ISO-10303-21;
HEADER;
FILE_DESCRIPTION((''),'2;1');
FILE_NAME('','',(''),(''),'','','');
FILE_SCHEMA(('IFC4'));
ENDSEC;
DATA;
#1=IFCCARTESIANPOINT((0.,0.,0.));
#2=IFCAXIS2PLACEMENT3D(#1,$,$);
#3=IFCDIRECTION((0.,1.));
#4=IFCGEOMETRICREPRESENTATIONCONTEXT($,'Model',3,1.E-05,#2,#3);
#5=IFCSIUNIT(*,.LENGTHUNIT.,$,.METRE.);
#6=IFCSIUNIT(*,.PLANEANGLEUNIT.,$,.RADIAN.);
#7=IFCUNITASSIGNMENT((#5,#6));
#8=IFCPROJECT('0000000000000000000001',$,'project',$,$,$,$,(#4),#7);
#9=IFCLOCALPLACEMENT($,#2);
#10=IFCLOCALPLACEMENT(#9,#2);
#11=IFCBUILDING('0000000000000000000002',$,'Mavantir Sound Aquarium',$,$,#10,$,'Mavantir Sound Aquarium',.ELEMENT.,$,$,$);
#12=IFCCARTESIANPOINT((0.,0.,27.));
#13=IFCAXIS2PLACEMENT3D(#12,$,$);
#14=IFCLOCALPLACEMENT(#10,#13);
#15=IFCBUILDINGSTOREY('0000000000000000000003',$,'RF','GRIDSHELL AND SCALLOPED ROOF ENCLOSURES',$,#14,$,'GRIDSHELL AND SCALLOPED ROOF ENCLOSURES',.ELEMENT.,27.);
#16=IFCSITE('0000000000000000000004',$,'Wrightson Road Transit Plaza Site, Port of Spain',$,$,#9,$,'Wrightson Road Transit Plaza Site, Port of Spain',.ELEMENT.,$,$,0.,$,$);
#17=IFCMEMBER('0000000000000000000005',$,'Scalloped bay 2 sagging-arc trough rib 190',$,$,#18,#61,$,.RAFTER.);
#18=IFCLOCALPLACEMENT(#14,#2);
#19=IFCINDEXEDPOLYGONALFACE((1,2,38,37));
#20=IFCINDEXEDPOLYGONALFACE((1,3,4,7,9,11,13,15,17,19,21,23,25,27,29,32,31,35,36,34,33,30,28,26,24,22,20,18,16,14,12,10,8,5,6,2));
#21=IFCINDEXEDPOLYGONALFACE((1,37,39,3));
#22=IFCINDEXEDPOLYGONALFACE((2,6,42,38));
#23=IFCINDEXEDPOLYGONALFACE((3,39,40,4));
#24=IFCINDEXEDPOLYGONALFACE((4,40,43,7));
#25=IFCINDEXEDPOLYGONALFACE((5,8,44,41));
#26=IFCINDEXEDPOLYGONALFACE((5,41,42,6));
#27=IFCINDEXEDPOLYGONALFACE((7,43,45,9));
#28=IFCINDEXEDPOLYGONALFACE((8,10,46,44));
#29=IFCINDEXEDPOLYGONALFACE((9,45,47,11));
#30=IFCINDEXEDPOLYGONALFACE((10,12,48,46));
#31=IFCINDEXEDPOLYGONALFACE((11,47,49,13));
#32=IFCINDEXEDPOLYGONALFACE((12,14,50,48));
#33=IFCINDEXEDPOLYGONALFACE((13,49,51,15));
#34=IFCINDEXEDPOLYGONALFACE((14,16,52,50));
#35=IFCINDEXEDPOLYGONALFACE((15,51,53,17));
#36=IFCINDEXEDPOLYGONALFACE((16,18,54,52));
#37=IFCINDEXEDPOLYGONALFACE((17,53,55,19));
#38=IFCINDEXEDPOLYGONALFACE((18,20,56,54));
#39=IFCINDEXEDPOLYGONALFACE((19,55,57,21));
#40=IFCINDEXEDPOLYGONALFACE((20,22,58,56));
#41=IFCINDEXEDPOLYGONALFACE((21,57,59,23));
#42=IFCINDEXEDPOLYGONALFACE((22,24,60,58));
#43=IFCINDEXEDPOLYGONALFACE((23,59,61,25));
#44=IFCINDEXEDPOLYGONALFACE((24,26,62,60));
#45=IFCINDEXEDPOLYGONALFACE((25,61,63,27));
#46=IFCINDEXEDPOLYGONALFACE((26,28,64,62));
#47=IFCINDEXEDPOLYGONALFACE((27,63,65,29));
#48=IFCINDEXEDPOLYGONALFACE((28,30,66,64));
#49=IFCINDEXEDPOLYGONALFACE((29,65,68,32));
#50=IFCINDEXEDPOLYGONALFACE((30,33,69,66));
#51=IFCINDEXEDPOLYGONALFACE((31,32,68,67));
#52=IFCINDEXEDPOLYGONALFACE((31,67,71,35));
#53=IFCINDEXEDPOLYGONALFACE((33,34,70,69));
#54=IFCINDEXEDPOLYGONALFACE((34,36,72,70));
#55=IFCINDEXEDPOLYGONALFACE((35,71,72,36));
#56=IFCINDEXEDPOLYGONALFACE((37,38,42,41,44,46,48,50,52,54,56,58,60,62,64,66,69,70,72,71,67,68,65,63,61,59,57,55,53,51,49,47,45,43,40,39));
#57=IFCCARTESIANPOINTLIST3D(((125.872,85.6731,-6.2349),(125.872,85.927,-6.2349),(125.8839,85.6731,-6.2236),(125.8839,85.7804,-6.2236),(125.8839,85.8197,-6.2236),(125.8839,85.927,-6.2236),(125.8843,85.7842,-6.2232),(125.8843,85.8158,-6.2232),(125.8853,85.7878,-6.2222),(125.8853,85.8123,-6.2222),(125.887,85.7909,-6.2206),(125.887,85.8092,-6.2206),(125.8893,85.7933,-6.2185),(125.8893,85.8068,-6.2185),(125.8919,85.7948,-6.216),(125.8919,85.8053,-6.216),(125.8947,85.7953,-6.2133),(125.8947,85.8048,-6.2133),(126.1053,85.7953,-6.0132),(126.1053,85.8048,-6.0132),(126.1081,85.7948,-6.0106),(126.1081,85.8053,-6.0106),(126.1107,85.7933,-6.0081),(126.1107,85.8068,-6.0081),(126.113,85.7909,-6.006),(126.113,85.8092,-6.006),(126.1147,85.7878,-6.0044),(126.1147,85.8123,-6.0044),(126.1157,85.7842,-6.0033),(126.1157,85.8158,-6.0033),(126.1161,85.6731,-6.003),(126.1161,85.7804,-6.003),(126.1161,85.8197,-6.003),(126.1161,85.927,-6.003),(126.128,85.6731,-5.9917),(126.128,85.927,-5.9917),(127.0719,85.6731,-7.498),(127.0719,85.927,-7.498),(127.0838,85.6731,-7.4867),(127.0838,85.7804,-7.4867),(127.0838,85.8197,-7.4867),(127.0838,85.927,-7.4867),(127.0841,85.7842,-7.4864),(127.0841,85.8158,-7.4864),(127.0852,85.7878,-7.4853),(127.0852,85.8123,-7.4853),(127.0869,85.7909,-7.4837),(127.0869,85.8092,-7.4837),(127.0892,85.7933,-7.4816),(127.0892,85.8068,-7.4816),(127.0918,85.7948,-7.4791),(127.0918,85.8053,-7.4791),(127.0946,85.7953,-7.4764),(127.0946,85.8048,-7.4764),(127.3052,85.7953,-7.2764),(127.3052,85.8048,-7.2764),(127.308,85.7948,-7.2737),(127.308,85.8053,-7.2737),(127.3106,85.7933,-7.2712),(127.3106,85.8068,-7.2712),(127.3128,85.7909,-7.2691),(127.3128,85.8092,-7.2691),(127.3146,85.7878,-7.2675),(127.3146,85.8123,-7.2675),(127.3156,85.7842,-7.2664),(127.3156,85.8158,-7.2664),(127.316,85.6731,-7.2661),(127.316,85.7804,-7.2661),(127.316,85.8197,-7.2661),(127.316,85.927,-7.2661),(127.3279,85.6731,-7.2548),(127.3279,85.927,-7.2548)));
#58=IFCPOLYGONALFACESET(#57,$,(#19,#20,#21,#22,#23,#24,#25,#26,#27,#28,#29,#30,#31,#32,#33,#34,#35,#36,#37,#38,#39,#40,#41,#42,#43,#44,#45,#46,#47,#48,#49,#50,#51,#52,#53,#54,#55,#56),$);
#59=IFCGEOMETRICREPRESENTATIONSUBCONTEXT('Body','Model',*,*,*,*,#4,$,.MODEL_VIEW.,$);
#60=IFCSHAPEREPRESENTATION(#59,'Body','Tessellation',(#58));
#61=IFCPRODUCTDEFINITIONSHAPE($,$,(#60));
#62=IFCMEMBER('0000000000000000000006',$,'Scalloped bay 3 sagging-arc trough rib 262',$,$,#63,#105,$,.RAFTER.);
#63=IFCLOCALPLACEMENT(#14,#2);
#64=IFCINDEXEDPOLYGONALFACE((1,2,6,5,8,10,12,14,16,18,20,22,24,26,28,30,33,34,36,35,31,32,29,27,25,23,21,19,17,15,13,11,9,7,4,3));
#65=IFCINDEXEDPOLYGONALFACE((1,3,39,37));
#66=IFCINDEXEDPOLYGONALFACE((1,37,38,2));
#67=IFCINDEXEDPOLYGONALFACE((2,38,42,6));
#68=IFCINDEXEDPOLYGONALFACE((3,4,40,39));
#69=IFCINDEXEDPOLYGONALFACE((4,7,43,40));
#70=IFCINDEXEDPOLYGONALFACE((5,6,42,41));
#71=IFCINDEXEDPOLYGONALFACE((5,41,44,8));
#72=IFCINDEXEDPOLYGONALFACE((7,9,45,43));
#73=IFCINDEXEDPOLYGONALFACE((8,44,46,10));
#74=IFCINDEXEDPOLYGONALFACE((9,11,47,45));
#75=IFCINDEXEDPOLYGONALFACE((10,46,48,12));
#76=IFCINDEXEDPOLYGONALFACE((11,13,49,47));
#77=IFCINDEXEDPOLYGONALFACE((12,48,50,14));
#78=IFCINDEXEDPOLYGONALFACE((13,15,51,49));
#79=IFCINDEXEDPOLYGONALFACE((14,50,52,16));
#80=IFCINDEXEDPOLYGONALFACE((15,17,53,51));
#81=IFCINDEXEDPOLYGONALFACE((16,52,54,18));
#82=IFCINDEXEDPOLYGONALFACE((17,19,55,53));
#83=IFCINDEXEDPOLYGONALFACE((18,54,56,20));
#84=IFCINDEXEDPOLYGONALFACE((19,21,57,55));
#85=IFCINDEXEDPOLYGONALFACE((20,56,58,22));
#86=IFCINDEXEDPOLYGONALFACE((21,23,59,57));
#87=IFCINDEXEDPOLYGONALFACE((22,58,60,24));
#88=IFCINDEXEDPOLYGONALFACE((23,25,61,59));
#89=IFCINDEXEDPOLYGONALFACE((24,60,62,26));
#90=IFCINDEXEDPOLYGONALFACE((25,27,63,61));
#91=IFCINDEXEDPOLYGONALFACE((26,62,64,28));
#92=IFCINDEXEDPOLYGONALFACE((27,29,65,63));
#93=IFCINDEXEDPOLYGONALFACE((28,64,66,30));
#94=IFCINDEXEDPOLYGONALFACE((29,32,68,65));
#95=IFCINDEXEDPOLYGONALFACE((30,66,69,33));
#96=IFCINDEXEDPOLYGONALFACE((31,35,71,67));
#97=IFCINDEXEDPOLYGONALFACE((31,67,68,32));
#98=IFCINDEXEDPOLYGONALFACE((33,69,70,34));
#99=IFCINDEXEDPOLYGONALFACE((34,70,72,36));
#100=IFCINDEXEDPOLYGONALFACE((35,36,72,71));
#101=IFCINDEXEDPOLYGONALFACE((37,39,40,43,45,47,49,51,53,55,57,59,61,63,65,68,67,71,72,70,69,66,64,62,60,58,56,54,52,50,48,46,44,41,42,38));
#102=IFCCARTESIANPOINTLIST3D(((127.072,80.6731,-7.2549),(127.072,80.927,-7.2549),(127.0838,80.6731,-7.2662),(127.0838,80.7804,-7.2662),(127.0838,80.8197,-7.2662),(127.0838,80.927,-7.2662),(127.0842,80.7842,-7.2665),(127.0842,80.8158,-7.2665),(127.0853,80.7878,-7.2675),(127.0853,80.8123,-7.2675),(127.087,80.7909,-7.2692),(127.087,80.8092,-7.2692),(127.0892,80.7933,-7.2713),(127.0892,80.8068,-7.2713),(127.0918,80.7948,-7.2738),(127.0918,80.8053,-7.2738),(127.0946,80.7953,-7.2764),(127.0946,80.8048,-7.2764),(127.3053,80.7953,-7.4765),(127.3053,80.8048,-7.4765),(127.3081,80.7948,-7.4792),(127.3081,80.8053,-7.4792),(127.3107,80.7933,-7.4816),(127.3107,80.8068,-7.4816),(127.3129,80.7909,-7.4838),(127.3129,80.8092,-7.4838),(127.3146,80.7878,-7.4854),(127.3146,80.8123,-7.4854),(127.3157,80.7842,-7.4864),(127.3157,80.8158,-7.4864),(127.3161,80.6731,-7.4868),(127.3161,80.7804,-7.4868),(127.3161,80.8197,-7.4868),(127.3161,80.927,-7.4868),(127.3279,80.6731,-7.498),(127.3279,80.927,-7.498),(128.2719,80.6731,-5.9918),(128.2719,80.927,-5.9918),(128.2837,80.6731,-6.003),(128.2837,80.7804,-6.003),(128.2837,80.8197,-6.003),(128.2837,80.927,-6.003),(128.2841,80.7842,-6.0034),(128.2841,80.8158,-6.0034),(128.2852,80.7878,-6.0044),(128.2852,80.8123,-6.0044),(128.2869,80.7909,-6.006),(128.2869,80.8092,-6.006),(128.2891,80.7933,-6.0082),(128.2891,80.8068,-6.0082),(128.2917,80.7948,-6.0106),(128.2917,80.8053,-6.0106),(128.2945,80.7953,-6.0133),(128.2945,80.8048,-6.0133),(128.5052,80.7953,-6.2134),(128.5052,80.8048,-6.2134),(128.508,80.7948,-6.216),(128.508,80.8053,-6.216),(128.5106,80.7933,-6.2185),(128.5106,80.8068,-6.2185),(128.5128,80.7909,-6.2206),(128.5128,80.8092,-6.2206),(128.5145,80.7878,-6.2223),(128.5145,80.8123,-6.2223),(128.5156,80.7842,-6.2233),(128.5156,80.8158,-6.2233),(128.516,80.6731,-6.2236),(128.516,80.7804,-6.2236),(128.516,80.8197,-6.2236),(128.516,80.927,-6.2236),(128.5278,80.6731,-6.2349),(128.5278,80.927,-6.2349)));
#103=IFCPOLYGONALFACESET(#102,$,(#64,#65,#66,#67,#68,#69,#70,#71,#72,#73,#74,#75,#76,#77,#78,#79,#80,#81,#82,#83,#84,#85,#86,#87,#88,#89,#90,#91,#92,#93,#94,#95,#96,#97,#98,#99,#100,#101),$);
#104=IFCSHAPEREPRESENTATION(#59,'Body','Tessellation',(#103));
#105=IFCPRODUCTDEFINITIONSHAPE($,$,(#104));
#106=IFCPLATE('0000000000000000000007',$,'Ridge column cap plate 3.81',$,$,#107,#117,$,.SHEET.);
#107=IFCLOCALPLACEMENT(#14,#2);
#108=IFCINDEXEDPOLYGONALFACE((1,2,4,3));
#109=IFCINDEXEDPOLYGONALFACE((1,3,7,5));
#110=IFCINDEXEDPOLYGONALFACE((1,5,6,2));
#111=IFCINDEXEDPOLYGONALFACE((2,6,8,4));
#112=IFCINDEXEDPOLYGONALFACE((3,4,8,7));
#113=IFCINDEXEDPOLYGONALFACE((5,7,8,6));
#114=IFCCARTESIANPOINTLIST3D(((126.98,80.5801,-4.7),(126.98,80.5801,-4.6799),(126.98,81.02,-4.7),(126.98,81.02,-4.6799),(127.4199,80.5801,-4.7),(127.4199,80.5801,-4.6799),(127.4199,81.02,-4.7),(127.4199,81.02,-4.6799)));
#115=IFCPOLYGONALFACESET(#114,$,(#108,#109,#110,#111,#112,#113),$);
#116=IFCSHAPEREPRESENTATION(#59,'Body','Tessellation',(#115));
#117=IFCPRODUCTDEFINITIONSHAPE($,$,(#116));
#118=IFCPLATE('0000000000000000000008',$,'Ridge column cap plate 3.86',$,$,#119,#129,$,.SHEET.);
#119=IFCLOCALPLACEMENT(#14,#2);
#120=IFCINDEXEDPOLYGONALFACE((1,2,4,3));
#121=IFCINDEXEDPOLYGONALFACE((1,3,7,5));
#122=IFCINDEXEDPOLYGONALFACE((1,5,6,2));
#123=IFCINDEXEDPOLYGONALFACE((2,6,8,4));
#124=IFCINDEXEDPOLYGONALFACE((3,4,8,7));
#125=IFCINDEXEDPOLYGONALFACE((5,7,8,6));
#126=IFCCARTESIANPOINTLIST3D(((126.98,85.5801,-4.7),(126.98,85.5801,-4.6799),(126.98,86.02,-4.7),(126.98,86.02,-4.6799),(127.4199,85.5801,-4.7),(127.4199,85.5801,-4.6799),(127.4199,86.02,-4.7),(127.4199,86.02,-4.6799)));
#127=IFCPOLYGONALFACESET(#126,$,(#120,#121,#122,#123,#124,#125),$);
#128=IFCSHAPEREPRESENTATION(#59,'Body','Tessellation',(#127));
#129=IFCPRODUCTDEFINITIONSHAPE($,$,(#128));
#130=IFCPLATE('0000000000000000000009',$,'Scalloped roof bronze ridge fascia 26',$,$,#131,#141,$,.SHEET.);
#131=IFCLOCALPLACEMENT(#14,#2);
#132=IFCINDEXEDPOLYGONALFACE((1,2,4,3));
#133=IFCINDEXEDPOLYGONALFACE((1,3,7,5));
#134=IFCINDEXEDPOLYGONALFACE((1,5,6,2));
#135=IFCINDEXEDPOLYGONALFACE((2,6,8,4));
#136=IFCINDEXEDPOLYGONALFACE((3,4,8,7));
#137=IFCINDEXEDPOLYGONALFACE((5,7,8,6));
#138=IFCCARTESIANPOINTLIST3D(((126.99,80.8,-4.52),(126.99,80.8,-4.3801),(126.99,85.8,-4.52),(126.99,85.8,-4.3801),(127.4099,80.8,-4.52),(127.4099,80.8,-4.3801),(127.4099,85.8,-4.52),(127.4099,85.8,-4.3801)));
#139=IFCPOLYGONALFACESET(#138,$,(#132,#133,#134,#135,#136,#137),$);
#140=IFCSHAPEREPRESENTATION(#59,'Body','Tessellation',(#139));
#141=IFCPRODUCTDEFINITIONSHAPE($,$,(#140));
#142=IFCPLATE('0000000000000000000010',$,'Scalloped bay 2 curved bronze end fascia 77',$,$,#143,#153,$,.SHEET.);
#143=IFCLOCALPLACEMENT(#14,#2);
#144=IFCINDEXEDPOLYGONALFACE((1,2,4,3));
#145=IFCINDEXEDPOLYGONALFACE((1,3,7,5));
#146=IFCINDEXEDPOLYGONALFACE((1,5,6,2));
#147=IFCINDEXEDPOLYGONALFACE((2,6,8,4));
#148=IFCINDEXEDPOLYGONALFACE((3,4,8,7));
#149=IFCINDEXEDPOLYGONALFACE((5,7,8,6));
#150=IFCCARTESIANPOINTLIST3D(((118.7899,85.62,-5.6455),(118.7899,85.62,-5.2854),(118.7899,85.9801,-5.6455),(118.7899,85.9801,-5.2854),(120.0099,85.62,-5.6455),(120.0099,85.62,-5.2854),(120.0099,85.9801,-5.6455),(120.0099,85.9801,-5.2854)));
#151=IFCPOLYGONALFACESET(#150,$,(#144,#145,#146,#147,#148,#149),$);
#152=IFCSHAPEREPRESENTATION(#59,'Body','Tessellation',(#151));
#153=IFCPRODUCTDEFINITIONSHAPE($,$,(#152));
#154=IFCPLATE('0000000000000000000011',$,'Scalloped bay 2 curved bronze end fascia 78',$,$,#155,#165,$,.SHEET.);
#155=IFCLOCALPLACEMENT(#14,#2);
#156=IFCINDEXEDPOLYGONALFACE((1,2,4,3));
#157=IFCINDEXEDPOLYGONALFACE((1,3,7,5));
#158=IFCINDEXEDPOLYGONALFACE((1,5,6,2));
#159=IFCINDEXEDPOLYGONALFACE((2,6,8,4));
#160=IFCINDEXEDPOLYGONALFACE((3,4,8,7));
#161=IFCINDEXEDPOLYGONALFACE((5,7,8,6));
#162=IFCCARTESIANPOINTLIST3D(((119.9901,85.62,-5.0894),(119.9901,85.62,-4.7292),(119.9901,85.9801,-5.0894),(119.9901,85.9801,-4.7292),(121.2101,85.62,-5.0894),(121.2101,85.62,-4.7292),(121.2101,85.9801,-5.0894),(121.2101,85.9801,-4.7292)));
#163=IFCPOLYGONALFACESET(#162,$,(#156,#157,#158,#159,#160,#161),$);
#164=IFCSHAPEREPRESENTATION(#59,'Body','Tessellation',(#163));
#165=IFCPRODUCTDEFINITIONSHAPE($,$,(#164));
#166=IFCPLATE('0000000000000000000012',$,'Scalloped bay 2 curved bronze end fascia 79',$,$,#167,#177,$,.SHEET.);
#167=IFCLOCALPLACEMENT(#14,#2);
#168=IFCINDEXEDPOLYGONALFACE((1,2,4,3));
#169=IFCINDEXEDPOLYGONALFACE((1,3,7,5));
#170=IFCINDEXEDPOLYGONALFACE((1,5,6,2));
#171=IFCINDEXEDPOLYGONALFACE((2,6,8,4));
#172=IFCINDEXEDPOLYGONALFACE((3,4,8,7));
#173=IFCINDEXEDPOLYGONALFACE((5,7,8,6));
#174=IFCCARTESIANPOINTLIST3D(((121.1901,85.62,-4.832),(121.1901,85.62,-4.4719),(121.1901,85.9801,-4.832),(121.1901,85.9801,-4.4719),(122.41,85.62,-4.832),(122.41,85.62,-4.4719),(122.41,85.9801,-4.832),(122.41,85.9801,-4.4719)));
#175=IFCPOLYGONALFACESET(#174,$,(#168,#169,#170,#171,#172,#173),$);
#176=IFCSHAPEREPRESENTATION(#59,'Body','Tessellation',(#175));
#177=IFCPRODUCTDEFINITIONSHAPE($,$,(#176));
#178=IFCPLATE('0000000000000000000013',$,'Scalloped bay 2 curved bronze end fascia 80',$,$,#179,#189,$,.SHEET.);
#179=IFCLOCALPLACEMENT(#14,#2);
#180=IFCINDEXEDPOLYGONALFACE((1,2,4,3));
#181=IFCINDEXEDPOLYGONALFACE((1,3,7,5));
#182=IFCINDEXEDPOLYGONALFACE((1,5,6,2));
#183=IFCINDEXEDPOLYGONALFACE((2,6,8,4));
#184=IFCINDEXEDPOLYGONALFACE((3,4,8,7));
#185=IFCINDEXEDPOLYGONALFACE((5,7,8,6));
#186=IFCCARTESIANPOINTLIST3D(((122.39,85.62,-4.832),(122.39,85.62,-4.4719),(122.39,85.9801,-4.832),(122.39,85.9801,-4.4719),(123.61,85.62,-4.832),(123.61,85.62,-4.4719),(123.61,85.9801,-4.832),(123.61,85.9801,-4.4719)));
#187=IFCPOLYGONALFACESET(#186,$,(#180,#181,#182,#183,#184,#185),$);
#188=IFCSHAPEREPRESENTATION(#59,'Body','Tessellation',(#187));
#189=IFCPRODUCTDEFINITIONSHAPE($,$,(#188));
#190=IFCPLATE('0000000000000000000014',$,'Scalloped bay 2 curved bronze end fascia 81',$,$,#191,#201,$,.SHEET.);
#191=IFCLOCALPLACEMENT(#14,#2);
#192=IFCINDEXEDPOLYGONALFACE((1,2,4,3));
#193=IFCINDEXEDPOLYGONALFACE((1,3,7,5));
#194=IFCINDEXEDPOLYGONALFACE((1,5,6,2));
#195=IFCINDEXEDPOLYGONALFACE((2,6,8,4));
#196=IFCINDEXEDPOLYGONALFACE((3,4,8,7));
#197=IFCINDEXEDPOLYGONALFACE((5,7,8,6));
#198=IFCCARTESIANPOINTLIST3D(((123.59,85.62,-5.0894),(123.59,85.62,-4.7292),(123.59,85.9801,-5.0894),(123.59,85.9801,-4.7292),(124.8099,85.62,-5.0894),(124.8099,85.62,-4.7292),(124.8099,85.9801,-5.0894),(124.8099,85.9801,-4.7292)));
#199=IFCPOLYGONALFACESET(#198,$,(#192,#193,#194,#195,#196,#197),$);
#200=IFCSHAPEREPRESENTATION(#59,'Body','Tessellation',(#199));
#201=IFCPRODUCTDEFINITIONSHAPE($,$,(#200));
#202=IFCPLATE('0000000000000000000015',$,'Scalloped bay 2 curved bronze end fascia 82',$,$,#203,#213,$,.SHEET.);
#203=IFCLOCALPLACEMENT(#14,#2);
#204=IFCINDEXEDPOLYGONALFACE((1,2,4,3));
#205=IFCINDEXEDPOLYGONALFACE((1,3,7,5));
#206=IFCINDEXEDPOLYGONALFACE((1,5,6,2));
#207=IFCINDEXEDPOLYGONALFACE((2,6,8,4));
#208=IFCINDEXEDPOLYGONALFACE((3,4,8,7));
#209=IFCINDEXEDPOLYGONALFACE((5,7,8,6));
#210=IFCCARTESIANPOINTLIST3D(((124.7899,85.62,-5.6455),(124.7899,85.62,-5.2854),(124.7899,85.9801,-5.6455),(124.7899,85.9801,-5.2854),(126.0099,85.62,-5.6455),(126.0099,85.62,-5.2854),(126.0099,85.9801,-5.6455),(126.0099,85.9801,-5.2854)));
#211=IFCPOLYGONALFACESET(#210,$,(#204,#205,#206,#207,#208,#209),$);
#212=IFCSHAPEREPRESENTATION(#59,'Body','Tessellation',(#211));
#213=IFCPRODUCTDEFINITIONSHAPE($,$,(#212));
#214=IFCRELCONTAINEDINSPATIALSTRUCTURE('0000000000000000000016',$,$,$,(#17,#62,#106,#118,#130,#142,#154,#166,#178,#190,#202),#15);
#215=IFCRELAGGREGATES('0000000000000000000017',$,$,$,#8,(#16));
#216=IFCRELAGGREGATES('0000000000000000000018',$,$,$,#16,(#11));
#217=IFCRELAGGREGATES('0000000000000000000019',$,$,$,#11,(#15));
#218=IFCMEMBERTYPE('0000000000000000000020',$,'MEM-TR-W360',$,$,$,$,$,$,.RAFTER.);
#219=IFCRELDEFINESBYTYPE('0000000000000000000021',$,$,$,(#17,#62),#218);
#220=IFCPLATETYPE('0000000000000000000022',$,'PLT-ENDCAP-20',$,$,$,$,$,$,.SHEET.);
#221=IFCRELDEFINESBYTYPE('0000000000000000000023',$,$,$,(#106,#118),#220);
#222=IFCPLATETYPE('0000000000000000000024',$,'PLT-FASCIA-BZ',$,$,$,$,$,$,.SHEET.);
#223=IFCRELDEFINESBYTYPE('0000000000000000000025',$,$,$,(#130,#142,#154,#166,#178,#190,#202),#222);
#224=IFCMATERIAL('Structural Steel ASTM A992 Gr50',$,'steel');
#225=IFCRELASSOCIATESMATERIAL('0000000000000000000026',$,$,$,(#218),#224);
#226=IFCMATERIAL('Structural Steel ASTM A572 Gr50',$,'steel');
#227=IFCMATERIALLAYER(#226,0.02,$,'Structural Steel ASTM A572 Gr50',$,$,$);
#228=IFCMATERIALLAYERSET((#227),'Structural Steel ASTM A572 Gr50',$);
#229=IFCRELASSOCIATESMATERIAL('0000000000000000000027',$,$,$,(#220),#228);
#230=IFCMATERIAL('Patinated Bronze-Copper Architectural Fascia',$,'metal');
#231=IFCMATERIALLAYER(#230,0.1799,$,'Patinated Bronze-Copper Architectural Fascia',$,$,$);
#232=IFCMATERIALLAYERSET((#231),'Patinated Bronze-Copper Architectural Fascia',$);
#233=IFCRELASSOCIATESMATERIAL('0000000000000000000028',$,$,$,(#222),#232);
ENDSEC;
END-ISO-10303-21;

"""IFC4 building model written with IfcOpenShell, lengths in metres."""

from ifc_helpers import new_model, si_unit, direction, frame, origin, origin_2d, place, context, subcontext, project, spatial, rectangle, i_section, extrude, material, layer, layer_set, material_profile, profile_set, type_object, element, save


model = new_model("IFC4")

# Units and contexts
model_context = context("Model", 3, precision=1e-05, world=origin(), true_north=direction((0.0, 1.0)))
body_context = subcontext(model_context, "Body", "Model", "MODEL_VIEW")
ifc_project = project(units=[si_unit("LENGTHUNIT", "METRE"), si_unit("PLANEANGLEUNIT", "RADIAN")], contexts=[model_context])

# Site, building, storey
site_placement = place(None, origin())
site = spatial("IfcSite", under=ifc_project, at=site_placement, Name="Wrightson Road Transit Plaza Site, Port of Spain", LongName="Wrightson Road Transit Plaza Site, Port of Spain", CompositionType="ELEMENT", RefElevation=0.0)
building_placement = place(site_placement, origin())
building = spatial("IfcBuilding", under=site, at=building_placement, Name="Mavantir Sound Aquarium", LongName="Mavantir Sound Aquarium", CompositionType="ELEMENT")
storey_placement = place(building_placement, frame((0.0, 0.0, 27.0)))
storey = spatial("IfcBuildingStorey", under=building, at=storey_placement, Name="RF", Description="GRIDSHELL AND SCALLOPED ROOF ENCLOSURES", LongName="GRIDSHELL AND SCALLOPED ROOF ENCLOSURES", CompositionType="ELEMENT", Elevation=27.0)

# Shared definitions
ifc_material_1 = material(Name="Structural Steel ASTM A992 Gr50", Category="steel")

# Members
ifc_material_profile_1 = material_profile(ifc_material_1, i_section(OverallWidth=0.2539, OverallDepth=0.353, WebThickness=0.0095, FlangeThickness=0.0164, FilletRadius=0.0149, at=origin_2d()), Name="W360X91")
ifc_profile_set_1 = profile_set([ifc_material_profile_1], Name="Structural Steel ASTM A992 Gr50")
member_type_1 = type_object("IfcMemberType", Name="MEM-TR-W360", PredefinedType="RAFTER", material=ifc_profile_set_1)
for number, where, z_axis, x_axis, name in (
    (1, (126.0, 85.8, -6.1133), (0.688727, 0.0, -0.72502), (0.0, 1.0, 0.0), "Scalloped bay 2 sagging-arc trough rib 190"),
    (2, (127.2, 80.8, -7.3765), (0.688727, 0.0, 0.72502), (0.0, 1.0, 0.0), "Scalloped bay 3 sagging-arc trough rib 262"),
):
    element("IfcMember", number, at=place(storey_placement, frame(where, z_axis=z_axis, x_axis=x_axis)), inside=storey, type_object=member_type_1, Name=name, PredefinedType="RAFTER", context=body_context, shape_type="SweptSolid", body=[
        extrude(i_section(OverallWidth=0.2539, OverallDepth=0.353, WebThickness=0.0095, FlangeThickness=0.0164, FilletRadius=0.0149, at=origin_2d()), origin(), (0.0, 0.0, 1.0), 1.7422),
    ])

# Plates
ifc_material_2 = material(Name="Structural Steel ASTM A572 Gr50", Category="steel")
ifc_layer_1 = layer(ifc_material_2, 0.02, Name="Structural Steel ASTM A572 Gr50")
ifc_layer_set_1 = layer_set([ifc_layer_1], Name="Structural Steel ASTM A572 Gr50")
plate_type_1 = type_object("IfcPlateType", Name="PLT-ENDCAP-20", PredefinedType="SHEET", material=ifc_layer_set_1)
for number, where, z_axis, x_axis, name in (
    (3, (127.2, 80.8, -4.7), (0.0, 0.0, 1.0), (1.0, 0.0, 0.0), "Ridge column cap plate 3.81"),
    (4, (127.2, 85.8, -4.7), (0.0, 0.0, 1.0), (1.0, 0.0, 0.0), "Ridge column cap plate 3.86"),
):
    element("IfcPlate", number, at=place(storey_placement, frame(where, z_axis=z_axis, x_axis=x_axis)), inside=storey, type_object=plate_type_1, Name=name, PredefinedType="SHEET", context=body_context, shape_type="SweptSolid", body=[
        extrude(rectangle(XDim=0.4399, YDim=0.4399, at=origin_2d()), origin(), (0.0, 0.0, 1.0), 0.02),
    ])
ifc_material_3 = material(Name="Patinated Bronze-Copper Architectural Fascia", Category="metal")
ifc_layer_2 = layer(ifc_material_3, 0.1799, Name="Patinated Bronze-Copper Architectural Fascia")
ifc_layer_set_2 = layer_set([ifc_layer_2], Name="Patinated Bronze-Copper Architectural Fascia")
plate_type_2 = type_object("IfcPlateType", Name="PLT-FASCIA-BZ", PredefinedType="SHEET", material=ifc_layer_set_2)
plate_placement = place(storey_placement, frame((127.2, 83.3, -4.52), z_axis=(0.0, 0.0, 1.0), x_axis=(1.0, 0.0, 0.0)))
element("IfcPlate", 5, at=plate_placement, inside=storey, type_object=plate_type_2, Name="Scalloped roof bronze ridge fascia 26", PredefinedType="SHEET", context=body_context, shape_type="SweptSolid", body=[
    extrude(rectangle(XDim=0.4199, YDim=5.0, at=origin_2d()), origin(), (0.0, 0.0, 1.0), 0.1399),
])
for number, where, z_axis, x_axis, name in (
    (6, (119.3999, 85.8, -5.6455), (0.0, 0.0, 1.0), (1.0, 0.0, 0.0), "Scalloped bay 2 curved bronze end fascia 77"),
    (7, (120.6001, 85.8, -5.0894), (0.0, 0.0, 1.0), (1.0, 0.0, 0.0), "Scalloped bay 2 curved bronze end fascia 78"),
    (8, (121.8, 85.8, -4.832), (0.0, 0.0, 1.0), (1.0, 0.0, 0.0), "Scalloped bay 2 curved bronze end fascia 79"),
    (9, (123.0, 85.8, -4.832), (0.0, 0.0, 1.0), (1.0, 0.0, 0.0), "Scalloped bay 2 curved bronze end fascia 80"),
    (10, (124.2, 85.8, -5.0894), (0.0, 0.0, 1.0), (1.0, 0.0, 0.0), "Scalloped bay 2 curved bronze end fascia 81"),
    (11, (125.3999, 85.8, -5.6455), (0.0, 0.0, 1.0), (1.0, 0.0, 0.0), "Scalloped bay 2 curved bronze end fascia 82"),
):
    element("IfcPlate", number, at=place(storey_placement, frame(where, z_axis=z_axis, x_axis=x_axis)), inside=storey, type_object=plate_type_2, Name=name, PredefinedType="SHEET", context=body_context, shape_type="SweptSolid", body=[
        extrude(rectangle(XDim=1.22, YDim=0.3601, at=origin_2d()), origin(), (0.0, 0.0, 1.0), 0.3601),
    ])

save(model, "model.ifc")
